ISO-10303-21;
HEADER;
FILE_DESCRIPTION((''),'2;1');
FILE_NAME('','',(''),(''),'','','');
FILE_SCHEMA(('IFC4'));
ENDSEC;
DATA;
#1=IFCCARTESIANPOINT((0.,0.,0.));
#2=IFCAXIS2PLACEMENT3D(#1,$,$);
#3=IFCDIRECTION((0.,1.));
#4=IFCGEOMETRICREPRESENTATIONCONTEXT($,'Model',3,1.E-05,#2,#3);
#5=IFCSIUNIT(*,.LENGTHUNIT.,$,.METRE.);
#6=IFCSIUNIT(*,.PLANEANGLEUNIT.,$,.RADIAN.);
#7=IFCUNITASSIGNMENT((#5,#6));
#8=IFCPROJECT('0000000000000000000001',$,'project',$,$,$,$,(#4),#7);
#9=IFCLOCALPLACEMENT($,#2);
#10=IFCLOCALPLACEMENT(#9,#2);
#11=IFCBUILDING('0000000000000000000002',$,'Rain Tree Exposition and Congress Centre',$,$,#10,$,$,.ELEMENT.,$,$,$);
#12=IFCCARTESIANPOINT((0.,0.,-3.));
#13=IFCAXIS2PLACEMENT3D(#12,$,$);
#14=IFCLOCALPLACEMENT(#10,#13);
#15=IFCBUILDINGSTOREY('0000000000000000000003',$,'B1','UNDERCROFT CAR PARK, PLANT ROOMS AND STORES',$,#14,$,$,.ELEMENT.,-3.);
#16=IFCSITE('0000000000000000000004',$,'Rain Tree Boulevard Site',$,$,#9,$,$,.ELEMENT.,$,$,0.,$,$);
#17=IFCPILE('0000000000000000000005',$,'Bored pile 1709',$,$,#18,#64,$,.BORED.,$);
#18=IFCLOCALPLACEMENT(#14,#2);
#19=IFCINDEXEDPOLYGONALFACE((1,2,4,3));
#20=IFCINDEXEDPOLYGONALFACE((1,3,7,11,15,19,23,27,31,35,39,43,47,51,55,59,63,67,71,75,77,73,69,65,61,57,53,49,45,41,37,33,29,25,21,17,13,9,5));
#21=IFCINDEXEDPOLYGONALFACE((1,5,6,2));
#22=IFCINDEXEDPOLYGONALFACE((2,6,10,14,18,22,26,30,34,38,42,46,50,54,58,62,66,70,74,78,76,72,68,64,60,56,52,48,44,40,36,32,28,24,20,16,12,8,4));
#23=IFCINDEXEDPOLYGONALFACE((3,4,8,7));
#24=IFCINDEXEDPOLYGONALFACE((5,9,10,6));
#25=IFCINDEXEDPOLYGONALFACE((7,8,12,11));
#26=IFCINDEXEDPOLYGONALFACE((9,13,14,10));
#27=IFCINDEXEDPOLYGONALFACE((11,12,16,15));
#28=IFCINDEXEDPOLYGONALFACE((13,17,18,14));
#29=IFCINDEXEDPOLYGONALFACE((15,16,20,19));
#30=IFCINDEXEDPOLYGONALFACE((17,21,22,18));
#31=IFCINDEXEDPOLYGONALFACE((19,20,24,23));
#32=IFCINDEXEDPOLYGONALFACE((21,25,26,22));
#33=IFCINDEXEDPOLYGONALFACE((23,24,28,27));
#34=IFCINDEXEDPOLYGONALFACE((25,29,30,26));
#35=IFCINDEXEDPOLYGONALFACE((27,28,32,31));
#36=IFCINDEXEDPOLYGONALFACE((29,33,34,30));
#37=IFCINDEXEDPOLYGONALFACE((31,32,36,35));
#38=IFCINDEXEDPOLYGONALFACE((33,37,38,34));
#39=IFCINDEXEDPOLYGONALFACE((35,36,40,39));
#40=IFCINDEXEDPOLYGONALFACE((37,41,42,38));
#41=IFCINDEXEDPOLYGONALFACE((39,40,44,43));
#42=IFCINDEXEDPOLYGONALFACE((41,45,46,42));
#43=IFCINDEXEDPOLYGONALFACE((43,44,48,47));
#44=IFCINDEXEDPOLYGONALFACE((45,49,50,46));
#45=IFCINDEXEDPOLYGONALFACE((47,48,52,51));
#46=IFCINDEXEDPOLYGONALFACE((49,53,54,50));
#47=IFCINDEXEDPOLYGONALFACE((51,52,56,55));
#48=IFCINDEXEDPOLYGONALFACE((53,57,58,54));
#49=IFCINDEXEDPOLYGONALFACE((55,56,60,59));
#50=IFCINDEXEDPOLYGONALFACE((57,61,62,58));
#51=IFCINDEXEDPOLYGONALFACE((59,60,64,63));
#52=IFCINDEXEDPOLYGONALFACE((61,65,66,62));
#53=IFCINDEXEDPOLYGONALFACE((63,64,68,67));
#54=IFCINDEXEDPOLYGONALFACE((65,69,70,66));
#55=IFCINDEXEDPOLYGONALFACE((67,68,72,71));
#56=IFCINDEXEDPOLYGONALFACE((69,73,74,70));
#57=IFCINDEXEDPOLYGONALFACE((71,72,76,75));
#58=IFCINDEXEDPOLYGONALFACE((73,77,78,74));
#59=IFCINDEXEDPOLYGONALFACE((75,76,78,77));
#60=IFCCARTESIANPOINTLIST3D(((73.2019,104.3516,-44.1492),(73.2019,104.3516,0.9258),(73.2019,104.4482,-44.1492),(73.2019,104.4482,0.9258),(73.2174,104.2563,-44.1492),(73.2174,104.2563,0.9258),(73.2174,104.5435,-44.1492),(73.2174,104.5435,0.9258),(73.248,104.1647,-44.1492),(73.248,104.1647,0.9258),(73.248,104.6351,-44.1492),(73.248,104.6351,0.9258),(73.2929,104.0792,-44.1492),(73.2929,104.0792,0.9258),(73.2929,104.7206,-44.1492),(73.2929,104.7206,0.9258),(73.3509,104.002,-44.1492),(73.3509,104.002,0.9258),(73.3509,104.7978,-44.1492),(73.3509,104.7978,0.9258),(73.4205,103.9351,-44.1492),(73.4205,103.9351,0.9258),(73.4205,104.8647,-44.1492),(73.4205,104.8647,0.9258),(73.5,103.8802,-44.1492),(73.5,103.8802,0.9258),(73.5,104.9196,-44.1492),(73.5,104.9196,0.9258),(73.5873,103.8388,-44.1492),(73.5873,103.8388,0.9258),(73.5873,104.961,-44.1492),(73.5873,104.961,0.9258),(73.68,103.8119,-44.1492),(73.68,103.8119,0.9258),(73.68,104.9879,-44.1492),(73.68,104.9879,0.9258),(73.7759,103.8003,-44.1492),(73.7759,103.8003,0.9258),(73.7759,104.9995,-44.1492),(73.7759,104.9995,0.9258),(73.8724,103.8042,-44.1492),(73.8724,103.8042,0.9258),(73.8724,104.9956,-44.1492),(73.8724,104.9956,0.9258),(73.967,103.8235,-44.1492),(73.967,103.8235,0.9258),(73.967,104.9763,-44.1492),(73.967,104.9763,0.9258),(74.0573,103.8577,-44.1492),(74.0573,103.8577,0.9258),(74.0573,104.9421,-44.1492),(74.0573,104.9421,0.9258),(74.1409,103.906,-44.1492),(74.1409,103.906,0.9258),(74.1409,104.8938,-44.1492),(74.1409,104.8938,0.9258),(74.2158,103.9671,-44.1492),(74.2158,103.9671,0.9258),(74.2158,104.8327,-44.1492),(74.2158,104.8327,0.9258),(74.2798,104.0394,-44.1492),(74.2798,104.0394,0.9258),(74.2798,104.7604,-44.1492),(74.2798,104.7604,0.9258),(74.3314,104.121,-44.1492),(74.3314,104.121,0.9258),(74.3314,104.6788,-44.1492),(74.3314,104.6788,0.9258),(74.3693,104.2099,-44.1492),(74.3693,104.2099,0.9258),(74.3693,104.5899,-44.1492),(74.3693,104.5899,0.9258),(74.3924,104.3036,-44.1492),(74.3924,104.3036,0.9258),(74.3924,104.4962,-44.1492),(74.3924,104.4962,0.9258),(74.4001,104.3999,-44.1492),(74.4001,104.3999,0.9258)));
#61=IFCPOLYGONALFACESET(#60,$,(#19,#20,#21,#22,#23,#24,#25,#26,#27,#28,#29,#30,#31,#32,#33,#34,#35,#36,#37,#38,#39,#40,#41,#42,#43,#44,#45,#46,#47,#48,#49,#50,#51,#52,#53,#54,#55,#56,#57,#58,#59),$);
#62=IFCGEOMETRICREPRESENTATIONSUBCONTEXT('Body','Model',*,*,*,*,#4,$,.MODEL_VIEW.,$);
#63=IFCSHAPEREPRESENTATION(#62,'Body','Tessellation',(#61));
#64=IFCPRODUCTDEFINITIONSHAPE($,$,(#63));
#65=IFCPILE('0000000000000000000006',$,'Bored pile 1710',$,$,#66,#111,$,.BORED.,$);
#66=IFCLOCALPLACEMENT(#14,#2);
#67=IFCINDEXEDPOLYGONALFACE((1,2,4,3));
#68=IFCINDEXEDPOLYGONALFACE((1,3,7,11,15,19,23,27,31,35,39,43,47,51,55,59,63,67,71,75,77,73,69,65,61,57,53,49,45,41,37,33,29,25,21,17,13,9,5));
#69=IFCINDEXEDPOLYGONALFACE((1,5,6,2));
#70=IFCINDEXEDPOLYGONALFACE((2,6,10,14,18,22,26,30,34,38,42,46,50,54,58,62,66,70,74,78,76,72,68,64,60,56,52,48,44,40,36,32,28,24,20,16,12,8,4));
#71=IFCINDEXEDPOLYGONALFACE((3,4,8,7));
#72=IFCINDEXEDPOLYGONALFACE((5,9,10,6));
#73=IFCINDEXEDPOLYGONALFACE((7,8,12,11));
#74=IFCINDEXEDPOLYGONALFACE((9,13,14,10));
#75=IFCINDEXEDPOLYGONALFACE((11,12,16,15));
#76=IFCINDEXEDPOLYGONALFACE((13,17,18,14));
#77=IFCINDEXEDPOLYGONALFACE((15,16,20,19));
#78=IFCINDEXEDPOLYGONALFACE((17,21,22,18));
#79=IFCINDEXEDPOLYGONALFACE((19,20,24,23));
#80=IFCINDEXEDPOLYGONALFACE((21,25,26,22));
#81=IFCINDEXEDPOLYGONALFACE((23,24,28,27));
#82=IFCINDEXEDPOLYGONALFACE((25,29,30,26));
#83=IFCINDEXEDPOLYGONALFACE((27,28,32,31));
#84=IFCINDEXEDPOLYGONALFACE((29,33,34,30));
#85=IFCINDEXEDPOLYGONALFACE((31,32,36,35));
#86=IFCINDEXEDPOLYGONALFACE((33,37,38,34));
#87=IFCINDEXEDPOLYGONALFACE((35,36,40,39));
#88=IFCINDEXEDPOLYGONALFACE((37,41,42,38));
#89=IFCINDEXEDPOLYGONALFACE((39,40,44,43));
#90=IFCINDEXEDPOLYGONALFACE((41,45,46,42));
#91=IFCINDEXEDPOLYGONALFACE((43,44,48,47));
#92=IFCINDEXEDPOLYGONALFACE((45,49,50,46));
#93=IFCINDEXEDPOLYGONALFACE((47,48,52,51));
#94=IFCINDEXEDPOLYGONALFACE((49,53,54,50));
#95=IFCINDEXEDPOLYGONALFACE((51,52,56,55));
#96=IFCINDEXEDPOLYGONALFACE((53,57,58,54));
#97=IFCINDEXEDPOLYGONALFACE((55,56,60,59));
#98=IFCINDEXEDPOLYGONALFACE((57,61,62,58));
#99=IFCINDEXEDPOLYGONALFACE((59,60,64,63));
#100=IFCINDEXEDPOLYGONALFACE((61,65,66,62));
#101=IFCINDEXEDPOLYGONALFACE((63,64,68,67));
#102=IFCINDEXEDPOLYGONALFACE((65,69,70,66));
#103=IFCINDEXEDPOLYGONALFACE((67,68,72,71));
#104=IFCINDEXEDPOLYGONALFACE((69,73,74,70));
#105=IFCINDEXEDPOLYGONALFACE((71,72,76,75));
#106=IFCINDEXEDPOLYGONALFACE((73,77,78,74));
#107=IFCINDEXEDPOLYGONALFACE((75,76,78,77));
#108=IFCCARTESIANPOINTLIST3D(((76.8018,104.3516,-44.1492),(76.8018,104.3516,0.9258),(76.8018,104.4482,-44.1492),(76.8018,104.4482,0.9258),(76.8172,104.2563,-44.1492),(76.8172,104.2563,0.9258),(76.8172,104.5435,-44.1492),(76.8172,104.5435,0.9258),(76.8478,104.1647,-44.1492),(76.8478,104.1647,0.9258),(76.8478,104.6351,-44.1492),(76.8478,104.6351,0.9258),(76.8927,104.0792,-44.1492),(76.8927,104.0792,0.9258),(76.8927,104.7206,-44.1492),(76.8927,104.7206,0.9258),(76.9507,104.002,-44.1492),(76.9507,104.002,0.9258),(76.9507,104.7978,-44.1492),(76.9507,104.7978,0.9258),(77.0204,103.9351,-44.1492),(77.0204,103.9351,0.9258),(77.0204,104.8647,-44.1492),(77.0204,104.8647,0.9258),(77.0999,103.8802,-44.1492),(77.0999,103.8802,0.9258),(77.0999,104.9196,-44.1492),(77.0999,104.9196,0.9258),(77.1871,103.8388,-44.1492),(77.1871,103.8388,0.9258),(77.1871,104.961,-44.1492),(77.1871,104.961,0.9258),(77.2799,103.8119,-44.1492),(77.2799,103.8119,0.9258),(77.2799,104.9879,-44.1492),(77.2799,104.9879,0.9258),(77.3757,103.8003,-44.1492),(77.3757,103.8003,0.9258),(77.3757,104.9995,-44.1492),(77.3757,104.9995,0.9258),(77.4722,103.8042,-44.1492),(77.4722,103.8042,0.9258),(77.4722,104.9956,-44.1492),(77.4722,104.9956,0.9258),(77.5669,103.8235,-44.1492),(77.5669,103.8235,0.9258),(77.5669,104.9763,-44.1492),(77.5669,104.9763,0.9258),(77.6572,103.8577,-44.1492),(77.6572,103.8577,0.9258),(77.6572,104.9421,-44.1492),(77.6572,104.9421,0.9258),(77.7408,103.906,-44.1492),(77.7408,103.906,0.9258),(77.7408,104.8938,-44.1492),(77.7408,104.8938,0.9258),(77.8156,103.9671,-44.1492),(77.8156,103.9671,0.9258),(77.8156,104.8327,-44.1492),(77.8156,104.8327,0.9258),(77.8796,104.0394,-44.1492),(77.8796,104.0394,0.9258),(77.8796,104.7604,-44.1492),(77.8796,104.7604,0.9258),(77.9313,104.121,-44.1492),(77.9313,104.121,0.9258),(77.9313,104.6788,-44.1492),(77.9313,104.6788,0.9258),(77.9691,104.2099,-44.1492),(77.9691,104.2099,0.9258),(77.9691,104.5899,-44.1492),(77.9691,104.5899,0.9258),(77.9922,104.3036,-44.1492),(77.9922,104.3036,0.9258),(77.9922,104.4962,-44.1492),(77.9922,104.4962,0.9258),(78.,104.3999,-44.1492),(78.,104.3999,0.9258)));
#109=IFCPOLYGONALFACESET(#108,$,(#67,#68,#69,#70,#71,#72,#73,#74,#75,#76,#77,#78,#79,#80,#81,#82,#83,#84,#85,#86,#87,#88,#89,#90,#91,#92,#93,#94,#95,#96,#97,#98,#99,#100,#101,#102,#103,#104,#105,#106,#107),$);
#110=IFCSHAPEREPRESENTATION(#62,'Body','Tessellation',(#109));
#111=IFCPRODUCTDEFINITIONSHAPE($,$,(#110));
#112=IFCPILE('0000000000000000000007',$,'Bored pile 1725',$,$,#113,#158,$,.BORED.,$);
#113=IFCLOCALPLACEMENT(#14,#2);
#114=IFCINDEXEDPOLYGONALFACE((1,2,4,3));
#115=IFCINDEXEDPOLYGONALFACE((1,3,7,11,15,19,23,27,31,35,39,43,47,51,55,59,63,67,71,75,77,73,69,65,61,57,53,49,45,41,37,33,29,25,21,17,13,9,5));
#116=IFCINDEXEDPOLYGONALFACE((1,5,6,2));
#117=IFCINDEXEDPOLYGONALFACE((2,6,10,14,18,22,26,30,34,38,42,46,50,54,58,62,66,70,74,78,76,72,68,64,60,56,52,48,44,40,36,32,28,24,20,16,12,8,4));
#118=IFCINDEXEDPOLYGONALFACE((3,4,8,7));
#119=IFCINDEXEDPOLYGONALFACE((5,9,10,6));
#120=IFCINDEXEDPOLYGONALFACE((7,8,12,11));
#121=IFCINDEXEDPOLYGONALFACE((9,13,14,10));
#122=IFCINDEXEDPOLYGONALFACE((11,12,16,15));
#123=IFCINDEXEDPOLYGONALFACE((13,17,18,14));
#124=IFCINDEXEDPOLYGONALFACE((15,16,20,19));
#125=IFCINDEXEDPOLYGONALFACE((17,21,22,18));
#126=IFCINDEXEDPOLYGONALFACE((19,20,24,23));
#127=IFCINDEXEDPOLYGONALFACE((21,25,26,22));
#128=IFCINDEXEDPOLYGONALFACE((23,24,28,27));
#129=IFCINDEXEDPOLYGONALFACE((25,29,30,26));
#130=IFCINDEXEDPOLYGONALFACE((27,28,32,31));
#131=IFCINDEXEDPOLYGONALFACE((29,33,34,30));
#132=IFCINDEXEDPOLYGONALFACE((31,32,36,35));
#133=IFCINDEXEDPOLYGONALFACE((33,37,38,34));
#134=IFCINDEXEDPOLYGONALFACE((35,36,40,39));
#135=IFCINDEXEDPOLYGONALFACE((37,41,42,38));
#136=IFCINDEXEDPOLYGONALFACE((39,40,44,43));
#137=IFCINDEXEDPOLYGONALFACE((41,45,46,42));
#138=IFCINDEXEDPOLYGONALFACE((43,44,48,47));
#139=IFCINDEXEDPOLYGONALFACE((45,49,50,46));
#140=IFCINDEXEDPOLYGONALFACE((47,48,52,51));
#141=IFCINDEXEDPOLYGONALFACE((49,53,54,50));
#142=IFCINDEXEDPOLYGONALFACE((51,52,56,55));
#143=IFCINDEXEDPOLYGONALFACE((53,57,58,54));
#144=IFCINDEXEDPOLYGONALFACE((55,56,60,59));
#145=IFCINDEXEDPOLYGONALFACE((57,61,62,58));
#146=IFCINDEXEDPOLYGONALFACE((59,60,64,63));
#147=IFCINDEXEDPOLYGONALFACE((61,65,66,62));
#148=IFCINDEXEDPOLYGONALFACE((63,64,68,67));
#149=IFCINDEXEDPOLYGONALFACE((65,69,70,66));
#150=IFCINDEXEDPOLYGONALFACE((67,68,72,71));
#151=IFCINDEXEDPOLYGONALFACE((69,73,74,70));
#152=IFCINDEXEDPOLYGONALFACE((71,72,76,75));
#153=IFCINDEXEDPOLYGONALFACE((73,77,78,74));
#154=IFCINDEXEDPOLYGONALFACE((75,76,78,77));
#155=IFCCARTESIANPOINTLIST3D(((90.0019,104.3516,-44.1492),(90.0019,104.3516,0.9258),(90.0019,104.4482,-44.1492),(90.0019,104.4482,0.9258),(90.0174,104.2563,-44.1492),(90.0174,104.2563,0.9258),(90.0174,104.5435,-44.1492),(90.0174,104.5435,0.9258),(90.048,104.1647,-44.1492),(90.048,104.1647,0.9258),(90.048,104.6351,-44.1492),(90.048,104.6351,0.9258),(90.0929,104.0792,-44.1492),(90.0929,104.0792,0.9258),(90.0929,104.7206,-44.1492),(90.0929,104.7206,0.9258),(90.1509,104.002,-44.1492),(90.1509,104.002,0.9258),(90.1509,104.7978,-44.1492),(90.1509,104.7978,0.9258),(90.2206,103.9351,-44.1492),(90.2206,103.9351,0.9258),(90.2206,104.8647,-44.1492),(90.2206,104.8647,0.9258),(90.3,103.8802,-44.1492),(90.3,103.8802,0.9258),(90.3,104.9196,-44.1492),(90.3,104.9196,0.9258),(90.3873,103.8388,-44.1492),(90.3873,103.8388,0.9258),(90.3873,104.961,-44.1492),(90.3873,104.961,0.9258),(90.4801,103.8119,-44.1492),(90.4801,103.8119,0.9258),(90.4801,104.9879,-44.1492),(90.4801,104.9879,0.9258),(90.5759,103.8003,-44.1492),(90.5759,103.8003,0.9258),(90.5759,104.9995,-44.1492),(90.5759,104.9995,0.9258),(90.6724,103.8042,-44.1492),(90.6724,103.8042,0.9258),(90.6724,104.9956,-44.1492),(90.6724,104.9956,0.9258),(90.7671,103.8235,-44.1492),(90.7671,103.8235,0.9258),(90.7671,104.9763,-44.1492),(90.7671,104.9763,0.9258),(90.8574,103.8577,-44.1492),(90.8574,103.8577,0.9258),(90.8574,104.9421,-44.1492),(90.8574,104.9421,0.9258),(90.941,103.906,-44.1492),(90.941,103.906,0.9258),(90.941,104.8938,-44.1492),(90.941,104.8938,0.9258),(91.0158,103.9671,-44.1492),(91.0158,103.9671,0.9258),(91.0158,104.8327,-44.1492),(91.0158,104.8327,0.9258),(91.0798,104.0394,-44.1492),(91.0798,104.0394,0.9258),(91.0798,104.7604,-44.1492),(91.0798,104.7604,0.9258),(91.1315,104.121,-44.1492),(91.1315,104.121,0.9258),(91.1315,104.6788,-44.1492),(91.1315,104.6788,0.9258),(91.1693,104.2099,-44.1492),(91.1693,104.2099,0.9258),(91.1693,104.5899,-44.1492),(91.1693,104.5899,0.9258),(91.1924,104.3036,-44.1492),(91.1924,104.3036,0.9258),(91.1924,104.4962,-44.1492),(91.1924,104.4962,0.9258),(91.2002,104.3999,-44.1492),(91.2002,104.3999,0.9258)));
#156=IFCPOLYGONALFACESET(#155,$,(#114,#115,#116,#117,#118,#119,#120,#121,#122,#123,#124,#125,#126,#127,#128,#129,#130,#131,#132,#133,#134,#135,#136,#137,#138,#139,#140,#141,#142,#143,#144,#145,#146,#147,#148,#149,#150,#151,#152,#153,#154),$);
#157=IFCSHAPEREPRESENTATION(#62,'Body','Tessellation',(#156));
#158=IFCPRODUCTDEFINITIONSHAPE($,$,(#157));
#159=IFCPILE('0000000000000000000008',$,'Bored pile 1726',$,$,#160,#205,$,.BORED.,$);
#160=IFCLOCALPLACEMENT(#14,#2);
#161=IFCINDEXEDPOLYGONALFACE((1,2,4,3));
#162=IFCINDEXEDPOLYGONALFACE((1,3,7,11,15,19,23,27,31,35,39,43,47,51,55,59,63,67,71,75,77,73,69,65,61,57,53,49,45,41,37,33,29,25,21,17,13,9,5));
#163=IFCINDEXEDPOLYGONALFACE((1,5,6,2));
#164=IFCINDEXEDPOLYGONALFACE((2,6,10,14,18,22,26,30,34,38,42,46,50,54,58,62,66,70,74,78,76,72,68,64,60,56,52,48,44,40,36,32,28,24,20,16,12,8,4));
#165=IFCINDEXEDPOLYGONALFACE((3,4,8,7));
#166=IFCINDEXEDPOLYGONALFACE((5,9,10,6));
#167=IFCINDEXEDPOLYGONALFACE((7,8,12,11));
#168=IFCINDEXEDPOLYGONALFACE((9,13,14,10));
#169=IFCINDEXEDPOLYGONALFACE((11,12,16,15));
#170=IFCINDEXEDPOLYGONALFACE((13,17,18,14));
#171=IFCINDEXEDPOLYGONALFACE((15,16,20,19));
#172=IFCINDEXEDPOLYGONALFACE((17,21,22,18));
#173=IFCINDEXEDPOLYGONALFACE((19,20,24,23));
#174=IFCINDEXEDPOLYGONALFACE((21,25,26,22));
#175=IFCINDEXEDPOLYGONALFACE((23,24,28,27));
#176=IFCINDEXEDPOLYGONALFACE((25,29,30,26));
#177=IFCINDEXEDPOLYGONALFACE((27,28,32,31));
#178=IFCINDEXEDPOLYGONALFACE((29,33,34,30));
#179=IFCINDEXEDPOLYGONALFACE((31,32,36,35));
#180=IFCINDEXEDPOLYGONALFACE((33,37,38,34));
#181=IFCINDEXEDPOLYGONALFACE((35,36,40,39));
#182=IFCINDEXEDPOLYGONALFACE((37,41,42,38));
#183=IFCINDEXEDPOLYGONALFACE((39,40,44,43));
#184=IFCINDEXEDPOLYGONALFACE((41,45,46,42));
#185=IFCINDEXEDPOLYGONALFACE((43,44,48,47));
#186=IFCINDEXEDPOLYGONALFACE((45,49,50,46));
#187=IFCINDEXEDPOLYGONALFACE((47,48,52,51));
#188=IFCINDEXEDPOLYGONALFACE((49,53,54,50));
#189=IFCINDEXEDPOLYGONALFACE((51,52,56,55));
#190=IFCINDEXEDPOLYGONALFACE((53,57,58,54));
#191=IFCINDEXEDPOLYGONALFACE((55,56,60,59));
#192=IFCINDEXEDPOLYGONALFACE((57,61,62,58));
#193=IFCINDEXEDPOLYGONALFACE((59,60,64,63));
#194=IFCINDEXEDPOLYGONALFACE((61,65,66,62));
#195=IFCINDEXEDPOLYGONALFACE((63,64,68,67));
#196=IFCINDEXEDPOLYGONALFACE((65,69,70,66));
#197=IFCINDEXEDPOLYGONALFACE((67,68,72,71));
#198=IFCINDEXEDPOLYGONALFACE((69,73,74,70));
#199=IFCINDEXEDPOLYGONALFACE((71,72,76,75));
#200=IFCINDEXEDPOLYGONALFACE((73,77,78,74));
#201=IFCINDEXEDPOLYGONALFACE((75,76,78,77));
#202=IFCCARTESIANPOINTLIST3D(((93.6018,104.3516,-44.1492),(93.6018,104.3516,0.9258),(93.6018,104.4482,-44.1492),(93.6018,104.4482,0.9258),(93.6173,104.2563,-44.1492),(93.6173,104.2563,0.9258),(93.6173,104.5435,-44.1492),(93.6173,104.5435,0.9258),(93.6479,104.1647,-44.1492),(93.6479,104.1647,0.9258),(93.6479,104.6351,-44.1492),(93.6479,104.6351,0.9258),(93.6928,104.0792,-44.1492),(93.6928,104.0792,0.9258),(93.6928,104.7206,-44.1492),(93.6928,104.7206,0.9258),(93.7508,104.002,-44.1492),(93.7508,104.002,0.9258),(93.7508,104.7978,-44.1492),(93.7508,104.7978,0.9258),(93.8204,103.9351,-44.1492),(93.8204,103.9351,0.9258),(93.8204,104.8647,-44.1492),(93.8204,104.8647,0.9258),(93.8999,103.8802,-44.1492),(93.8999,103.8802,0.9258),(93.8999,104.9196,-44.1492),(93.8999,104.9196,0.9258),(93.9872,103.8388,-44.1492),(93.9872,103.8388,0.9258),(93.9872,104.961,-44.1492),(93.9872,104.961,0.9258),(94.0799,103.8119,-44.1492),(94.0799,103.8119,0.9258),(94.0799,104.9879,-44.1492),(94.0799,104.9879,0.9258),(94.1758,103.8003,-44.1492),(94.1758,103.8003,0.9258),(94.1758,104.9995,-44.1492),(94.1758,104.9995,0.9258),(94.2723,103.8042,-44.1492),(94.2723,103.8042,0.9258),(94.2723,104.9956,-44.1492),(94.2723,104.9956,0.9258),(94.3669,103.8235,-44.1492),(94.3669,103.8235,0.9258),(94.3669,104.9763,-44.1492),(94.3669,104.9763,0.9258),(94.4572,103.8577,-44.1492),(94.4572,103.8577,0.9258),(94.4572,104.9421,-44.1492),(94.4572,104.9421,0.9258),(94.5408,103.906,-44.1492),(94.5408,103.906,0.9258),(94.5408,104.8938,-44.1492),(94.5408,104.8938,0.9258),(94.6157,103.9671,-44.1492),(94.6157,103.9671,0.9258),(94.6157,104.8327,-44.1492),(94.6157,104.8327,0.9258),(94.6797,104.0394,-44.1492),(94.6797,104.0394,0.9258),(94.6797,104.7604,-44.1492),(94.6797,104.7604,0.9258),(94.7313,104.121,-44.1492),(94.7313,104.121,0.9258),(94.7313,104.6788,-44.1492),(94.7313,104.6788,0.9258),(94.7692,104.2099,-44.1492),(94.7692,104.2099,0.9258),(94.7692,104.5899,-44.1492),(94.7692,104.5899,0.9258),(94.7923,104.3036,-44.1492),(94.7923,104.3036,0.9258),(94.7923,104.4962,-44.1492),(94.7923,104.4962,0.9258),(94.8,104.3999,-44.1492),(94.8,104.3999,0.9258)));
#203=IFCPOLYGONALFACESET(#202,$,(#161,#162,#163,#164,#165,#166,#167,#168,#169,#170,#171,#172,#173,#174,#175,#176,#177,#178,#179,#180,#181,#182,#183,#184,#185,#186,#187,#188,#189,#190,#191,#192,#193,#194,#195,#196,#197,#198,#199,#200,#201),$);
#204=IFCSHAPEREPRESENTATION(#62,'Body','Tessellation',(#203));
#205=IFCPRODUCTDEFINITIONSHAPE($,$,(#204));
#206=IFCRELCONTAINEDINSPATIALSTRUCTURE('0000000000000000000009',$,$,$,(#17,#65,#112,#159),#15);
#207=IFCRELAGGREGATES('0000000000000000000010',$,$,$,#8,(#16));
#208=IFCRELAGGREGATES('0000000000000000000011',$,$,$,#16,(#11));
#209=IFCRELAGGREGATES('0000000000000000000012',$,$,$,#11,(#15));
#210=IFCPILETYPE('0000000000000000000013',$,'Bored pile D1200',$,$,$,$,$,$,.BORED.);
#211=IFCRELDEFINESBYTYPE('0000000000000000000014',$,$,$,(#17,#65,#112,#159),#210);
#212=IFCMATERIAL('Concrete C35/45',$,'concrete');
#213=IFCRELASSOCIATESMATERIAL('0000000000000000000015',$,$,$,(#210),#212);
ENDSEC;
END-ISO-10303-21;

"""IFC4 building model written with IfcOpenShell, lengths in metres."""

from ifc_helpers import new_model, si_unit, direction, frame, origin, origin_2d, place, context, subcontext, project, spatial, circle, extrude, material, material_profile, profile_set, type_object, element, save


model = new_model("IFC4")

# Units and contexts
model_context = context("Model", 3, precision=1e-05, world=origin(), true_north=direction((0.0, 1.0)))
body_context = subcontext(model_context, "Body", "Model", "MODEL_VIEW")
ifc_project = project(units=[si_unit("LENGTHUNIT", "METRE"), si_unit("PLANEANGLEUNIT", "RADIAN")], contexts=[model_context])

# Site, building, storey
site_placement = place(None, origin())
site = spatial("IfcSite", under=ifc_project, at=site_placement, Name="Rain Tree Boulevard Site", CompositionType="ELEMENT", RefElevation=0.0)
building_placement = place(site_placement, origin())
building = spatial("IfcBuilding", under=site, at=building_placement, Name="Rain Tree Exposition and Congress Centre", CompositionType="ELEMENT")
storey_placement = place(building_placement, frame((0.0, 0.0, -3.0)))
storey = spatial("IfcBuildingStorey", under=building, at=storey_placement, Name="B1", Description="UNDERCROFT CAR PARK, PLANT ROOMS AND STORES", CompositionType="ELEMENT", Elevation=-3.0)

# Piles
ifc_material_1 = material(Name="Concrete C35/45", Category="concrete")
ifc_material_profile_1 = material_profile(ifc_material_1, circle(Radius=0.6001, at=origin_2d()), Name="D1200")
ifc_profile_set_1 = profile_set([ifc_material_profile_1], Name="Concrete C35/45")
pile_type_1 = type_object("IfcPileType", Name="Bored pile D1200", PredefinedType="BORED", material=ifc_profile_set_1)
for number, where, z_axis, x_axis, name in (
    (1, (73.8, 104.3999, 0.9258), (0.0, 0.0, -1.0), (1.0, 0.0, 0.0), "Bored pile 1709"),
    (2, (77.3999, 104.3999, 0.9258), (0.0, 0.0, -1.0), (1.0, 0.0, 0.0), "Bored pile 1710"),
    (3, (90.6001, 104.3999, 0.9258), (0.0, 0.0, -1.0), (1.0, 0.0, 0.0), "Bored pile 1725"),
    (4, (94.2, 104.3999, 0.9258), (0.0, 0.0, -1.0), (1.0, 0.0, 0.0), "Bored pile 1726"),
):
    element("IfcPile", number, at=place(storey_placement, frame(where, z_axis=z_axis, x_axis=x_axis)), inside=storey, type_object=pile_type_1, Name=name, PredefinedType="BORED", context=body_context, shape_type="SweptSolid", body=[
        extrude(circle(Radius=0.6001, at=origin_2d()), origin(), (0.0, 0.0, 1.0), 45.075),
    ])

save(model, "model.ifc")
